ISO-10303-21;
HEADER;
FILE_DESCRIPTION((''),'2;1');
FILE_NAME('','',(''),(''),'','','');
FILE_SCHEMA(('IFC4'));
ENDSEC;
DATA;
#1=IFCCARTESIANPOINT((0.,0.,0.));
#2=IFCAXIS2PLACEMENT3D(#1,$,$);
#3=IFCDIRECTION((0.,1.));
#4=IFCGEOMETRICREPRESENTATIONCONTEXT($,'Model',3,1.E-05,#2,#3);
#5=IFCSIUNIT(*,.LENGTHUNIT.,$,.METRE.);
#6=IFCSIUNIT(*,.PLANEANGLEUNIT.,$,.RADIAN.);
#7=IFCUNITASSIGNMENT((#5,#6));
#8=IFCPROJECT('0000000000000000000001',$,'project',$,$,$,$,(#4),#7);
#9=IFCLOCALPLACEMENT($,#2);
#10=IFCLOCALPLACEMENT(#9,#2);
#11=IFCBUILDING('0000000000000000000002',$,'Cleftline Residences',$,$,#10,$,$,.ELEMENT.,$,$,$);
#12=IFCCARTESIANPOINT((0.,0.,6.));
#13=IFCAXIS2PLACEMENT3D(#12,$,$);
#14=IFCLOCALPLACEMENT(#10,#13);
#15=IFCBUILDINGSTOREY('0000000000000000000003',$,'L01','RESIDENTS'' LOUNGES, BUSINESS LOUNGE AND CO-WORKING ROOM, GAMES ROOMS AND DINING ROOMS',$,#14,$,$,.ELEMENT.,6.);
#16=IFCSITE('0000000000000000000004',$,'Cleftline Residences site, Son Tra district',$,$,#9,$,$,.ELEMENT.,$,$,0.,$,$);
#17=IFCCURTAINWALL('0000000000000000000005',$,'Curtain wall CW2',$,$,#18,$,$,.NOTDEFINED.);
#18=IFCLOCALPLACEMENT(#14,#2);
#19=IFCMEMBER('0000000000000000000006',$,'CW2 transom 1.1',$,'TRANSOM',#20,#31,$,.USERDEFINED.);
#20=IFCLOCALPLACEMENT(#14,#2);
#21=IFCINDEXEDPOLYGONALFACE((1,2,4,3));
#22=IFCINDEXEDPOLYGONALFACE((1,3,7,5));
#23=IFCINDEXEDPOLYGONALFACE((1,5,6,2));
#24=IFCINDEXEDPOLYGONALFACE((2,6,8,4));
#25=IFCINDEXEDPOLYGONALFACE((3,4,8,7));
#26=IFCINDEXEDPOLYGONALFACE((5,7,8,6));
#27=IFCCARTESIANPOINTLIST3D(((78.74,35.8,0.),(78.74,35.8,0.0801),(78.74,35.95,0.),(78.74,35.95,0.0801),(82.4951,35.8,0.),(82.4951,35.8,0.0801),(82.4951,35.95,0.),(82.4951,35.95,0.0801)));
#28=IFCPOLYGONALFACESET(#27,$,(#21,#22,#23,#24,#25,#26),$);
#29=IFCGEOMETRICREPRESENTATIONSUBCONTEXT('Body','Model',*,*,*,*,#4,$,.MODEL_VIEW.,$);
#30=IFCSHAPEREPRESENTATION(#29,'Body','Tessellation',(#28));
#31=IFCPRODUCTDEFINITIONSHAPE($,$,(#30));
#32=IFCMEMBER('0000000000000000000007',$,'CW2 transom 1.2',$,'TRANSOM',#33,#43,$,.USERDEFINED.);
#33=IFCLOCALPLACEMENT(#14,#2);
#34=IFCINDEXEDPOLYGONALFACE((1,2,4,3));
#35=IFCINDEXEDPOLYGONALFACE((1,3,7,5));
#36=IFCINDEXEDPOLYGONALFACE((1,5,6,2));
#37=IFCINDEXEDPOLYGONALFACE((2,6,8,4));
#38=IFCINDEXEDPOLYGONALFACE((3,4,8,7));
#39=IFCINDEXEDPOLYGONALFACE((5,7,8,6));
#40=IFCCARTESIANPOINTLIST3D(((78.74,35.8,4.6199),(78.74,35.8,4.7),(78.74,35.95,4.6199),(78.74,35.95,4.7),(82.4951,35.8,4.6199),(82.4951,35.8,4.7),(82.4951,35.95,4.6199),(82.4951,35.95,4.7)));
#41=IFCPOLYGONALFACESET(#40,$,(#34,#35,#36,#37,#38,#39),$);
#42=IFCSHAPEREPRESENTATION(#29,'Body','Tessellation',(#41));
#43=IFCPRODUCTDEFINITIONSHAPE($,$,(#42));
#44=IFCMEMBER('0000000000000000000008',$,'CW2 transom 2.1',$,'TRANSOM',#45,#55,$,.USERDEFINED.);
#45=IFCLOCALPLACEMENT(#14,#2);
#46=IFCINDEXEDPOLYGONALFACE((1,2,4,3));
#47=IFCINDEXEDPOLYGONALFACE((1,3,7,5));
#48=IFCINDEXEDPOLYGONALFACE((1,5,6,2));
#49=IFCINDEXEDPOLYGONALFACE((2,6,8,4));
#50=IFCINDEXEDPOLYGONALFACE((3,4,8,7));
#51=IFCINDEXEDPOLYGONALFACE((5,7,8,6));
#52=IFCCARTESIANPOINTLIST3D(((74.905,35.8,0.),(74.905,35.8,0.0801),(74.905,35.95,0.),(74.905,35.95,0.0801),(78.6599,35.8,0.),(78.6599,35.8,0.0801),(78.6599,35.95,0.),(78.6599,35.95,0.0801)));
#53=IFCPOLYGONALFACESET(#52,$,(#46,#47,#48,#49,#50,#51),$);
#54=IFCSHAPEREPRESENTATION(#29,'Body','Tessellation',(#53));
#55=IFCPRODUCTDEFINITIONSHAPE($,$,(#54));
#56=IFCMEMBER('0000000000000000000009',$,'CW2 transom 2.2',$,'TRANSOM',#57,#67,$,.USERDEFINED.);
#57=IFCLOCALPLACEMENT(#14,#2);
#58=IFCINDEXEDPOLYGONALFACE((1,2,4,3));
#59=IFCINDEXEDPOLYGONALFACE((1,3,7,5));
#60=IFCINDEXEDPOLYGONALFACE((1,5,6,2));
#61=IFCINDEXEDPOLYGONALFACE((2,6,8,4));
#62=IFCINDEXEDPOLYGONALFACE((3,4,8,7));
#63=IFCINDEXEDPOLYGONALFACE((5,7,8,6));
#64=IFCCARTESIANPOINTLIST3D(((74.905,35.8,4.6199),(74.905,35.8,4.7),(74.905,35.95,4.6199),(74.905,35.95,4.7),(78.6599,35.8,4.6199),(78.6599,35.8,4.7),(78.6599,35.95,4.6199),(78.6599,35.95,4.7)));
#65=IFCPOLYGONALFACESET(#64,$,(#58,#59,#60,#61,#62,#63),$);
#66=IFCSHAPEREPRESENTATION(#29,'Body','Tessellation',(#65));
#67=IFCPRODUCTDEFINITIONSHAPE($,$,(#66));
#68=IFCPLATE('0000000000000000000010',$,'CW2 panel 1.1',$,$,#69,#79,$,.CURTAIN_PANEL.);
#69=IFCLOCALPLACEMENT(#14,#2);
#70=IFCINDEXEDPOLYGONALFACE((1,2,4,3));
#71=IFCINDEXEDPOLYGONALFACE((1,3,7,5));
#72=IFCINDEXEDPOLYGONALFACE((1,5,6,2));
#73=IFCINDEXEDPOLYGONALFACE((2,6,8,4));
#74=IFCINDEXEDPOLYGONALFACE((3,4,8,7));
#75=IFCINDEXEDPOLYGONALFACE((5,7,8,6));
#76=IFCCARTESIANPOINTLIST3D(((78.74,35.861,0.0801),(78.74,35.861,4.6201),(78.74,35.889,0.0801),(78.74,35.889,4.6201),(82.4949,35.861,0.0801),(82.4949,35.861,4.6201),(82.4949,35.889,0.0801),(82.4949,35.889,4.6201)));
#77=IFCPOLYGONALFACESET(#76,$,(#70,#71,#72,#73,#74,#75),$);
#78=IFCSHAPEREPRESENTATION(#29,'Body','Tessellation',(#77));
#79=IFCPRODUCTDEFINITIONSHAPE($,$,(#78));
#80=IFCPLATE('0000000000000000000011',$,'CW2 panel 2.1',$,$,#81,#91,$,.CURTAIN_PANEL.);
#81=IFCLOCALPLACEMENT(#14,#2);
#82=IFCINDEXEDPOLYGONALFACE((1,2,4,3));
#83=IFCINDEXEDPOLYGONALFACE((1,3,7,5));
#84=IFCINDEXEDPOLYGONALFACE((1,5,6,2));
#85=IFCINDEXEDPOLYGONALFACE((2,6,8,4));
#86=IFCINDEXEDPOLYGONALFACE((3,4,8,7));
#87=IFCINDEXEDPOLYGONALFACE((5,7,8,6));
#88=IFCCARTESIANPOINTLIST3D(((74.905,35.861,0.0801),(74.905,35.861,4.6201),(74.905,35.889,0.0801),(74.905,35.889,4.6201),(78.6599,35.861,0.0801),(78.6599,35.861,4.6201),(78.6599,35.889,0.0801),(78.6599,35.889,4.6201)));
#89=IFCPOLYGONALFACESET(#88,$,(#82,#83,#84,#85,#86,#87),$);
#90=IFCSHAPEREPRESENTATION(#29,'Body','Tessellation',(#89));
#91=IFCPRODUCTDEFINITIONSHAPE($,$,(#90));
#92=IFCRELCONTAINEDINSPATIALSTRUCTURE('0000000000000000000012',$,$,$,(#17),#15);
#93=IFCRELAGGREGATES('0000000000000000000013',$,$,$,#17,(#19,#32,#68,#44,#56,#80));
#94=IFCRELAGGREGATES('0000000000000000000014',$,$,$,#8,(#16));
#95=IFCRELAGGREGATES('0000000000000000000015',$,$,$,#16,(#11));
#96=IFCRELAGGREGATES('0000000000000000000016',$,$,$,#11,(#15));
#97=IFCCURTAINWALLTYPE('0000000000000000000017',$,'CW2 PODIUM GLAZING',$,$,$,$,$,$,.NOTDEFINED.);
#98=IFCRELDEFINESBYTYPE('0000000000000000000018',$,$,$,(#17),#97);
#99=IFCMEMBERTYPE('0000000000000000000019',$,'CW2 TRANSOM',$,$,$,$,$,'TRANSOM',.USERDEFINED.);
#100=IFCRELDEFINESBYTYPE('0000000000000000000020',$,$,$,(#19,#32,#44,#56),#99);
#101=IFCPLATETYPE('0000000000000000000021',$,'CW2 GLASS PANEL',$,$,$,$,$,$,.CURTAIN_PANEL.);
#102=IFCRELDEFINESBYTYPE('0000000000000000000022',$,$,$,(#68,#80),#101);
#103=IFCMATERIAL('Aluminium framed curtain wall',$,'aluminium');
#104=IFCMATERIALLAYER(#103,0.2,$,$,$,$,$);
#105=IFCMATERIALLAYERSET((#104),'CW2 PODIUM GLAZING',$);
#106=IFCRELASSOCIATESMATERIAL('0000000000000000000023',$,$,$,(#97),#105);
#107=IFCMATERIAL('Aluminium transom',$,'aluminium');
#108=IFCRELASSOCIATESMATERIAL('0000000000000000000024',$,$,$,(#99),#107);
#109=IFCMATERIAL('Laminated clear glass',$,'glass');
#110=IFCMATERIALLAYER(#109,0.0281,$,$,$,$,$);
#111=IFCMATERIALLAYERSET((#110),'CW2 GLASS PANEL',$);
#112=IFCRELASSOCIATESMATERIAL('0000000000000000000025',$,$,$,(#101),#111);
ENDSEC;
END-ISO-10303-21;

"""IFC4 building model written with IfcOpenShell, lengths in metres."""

from ifc_helpers import new_model, si_unit, direction, frame, origin, origin_2d, place, context, subcontext, project, spatial, rectangle, extrude, material, layer, layer_set, material_profile, profile_set, type_object, element, aggregate, save


model = new_model("IFC4")

# Units and contexts
model_context = context("Model", 3, precision=1e-05, world=origin(), true_north=direction((0.0, 1.0)))
body_context = subcontext(model_context, "Body", "Model", "MODEL_VIEW")
ifc_project = project(units=[si_unit("LENGTHUNIT", "METRE"), si_unit("PLANEANGLEUNIT", "RADIAN")], contexts=[model_context])

# Site, building, storey
site_placement = place(None, origin())
site = spatial("IfcSite", under=ifc_project, at=site_placement, Name="Cleftline Residences site, Son Tra district", CompositionType="ELEMENT", RefElevation=0.0)
building_placement = place(site_placement, origin())
building = spatial("IfcBuilding", under=site, at=building_placement, Name="Cleftline Residences", CompositionType="ELEMENT")
storey_placement = place(building_placement, frame((0.0, 0.0, 6.0)))
storey = spatial("IfcBuildingStorey", under=building, at=storey_placement, Name="L01", Description="RESIDENTS' LOUNGES, BUSINESS LOUNGE AND CO-WORKING ROOM, GAMES ROOMS AND DINING ROOMS", CompositionType="ELEMENT", Elevation=6.0)

# Curtain wall, members, plates
ifc_material_1 = material(Name="Aluminium framed curtain wall", Category="aluminium")
ifc_layer_1 = layer(ifc_material_1, 0.2)
ifc_layer_set_1 = layer_set([ifc_layer_1], Name="CW2 PODIUM GLAZING")
curtain_wall_type = type_object("IfcCurtainWallType", Name="CW2 PODIUM GLAZING", PredefinedType="NOTDEFINED", material=ifc_layer_set_1)
curtain_wall_placement = place(storey_placement, origin())
curtain_wall = element("IfcCurtainWall", 1, at=curtain_wall_placement, inside=storey, type_object=curtain_wall_type, Name="Curtain wall CW2", PredefinedType="NOTDEFINED")
ifc_material_2 = material(Name="Aluminium transom", Category="aluminium")
ifc_material_profile_1 = material_profile(ifc_material_2, rectangle(XDim=0.1499, YDim=0.0801, at=origin_2d()))
ifc_profile_set_1 = profile_set([ifc_material_profile_1], Name="Aluminium transom")
member_type_1 = type_object("IfcMemberType", Name="CW2 TRANSOM", ElementType="TRANSOM", PredefinedType="USERDEFINED", material=ifc_profile_set_1)
member_1_placement = place(storey_placement, frame((82.4951, 35.875, 0.04), z_axis=(-1.0, 0.0, 0.0), x_axis=(0.0, -1.0, 0.0)))
member_1 = element("IfcMember", 2, at=member_1_placement, type_object=member_type_1, Name="CW2 transom 1.1", ObjectType="TRANSOM", PredefinedType="USERDEFINED", context=body_context, shape_type="SweptSolid", body=[
    extrude(rectangle(XDim=0.1499, YDim=0.0801, at=origin_2d()), origin(), (0.0, 0.0, 1.0), 3.7551),
])
member_2_placement = place(storey_placement, frame((82.4951, 35.875, 4.6599), z_axis=(-1.0, 0.0, 0.0), x_axis=(0.0, -1.0, 0.0)))
member_2 = element("IfcMember", 3, at=member_2_placement, type_object=member_type_1, Name="CW2 transom 1.2", ObjectType="TRANSOM", PredefinedType="USERDEFINED", context=body_context, shape_type="SweptSolid", body=[
    extrude(rectangle(XDim=0.1499, YDim=0.0801, at=origin_2d()), origin(), (0.0, 0.0, 1.0), 3.7551),
])
member_3_placement = place(storey_placement, frame((78.6599, 35.875, 0.04), z_axis=(-1.0, 0.0, 0.0), x_axis=(0.0, -1.0, 0.0)))
member_3 = element("IfcMember", 4, at=member_3_placement, type_object=member_type_1, Name="CW2 transom 2.1", ObjectType="TRANSOM", PredefinedType="USERDEFINED", context=body_context, shape_type="SweptSolid", body=[
    extrude(rectangle(XDim=0.1499, YDim=0.0801, at=origin_2d()), origin(), (0.0, 0.0, 1.0), 3.7549),
])
member_4_placement = place(storey_placement, frame((78.6599, 35.875, 4.6599), z_axis=(-1.0, 0.0, 0.0), x_axis=(0.0, -1.0, 0.0)))
member_4 = element("IfcMember", 5, at=member_4_placement, type_object=member_type_1, Name="CW2 transom 2.2", ObjectType="TRANSOM", PredefinedType="USERDEFINED", context=body_context, shape_type="SweptSolid", body=[
    extrude(rectangle(XDim=0.1499, YDim=0.0801, at=origin_2d()), origin(), (0.0, 0.0, 1.0), 3.7549),
])
ifc_material_3 = material(Name="Laminated clear glass", Category="glass")
ifc_layer_2 = layer(ifc_material_3, 0.0281)
ifc_layer_set_2 = layer_set([ifc_layer_2], Name="CW2 GLASS PANEL")
plate_type = type_object("IfcPlateType", Name="CW2 GLASS PANEL", PredefinedType="CURTAIN_PANEL", material=ifc_layer_set_2)
plate_1_placement = place(storey_placement, frame((80.6174, 35.875, 0.0801), z_axis=(0.0, 0.0, 1.0), x_axis=(-1.0, 0.0, 0.0)))
plate_1 = element("IfcPlate", 6, at=plate_1_placement, type_object=plate_type, Name="CW2 panel 1.1", PredefinedType="CURTAIN_PANEL", context=body_context, shape_type="SweptSolid", body=[
    extrude(rectangle(XDim=3.7549, YDim=0.0281, at=origin_2d()), origin(), (0.0, 0.0, 1.0), 4.54),
])
plate_2_placement = place(storey_placement, frame((76.7825, 35.875, 0.0801), z_axis=(0.0, 0.0, 1.0), x_axis=(-1.0, 0.0, 0.0)))
plate_2 = element("IfcPlate", 7, at=plate_2_placement, type_object=plate_type, Name="CW2 panel 2.1", PredefinedType="CURTAIN_PANEL", context=body_context, shape_type="SweptSolid", body=[
    extrude(rectangle(XDim=3.7549, YDim=0.0281, at=origin_2d()), origin(), (0.0, 0.0, 1.0), 4.54),
])
aggregate(curtain_wall, [member_1, member_2, plate_1, member_3, member_4, plate_2])

save(model, "model.ifc")
